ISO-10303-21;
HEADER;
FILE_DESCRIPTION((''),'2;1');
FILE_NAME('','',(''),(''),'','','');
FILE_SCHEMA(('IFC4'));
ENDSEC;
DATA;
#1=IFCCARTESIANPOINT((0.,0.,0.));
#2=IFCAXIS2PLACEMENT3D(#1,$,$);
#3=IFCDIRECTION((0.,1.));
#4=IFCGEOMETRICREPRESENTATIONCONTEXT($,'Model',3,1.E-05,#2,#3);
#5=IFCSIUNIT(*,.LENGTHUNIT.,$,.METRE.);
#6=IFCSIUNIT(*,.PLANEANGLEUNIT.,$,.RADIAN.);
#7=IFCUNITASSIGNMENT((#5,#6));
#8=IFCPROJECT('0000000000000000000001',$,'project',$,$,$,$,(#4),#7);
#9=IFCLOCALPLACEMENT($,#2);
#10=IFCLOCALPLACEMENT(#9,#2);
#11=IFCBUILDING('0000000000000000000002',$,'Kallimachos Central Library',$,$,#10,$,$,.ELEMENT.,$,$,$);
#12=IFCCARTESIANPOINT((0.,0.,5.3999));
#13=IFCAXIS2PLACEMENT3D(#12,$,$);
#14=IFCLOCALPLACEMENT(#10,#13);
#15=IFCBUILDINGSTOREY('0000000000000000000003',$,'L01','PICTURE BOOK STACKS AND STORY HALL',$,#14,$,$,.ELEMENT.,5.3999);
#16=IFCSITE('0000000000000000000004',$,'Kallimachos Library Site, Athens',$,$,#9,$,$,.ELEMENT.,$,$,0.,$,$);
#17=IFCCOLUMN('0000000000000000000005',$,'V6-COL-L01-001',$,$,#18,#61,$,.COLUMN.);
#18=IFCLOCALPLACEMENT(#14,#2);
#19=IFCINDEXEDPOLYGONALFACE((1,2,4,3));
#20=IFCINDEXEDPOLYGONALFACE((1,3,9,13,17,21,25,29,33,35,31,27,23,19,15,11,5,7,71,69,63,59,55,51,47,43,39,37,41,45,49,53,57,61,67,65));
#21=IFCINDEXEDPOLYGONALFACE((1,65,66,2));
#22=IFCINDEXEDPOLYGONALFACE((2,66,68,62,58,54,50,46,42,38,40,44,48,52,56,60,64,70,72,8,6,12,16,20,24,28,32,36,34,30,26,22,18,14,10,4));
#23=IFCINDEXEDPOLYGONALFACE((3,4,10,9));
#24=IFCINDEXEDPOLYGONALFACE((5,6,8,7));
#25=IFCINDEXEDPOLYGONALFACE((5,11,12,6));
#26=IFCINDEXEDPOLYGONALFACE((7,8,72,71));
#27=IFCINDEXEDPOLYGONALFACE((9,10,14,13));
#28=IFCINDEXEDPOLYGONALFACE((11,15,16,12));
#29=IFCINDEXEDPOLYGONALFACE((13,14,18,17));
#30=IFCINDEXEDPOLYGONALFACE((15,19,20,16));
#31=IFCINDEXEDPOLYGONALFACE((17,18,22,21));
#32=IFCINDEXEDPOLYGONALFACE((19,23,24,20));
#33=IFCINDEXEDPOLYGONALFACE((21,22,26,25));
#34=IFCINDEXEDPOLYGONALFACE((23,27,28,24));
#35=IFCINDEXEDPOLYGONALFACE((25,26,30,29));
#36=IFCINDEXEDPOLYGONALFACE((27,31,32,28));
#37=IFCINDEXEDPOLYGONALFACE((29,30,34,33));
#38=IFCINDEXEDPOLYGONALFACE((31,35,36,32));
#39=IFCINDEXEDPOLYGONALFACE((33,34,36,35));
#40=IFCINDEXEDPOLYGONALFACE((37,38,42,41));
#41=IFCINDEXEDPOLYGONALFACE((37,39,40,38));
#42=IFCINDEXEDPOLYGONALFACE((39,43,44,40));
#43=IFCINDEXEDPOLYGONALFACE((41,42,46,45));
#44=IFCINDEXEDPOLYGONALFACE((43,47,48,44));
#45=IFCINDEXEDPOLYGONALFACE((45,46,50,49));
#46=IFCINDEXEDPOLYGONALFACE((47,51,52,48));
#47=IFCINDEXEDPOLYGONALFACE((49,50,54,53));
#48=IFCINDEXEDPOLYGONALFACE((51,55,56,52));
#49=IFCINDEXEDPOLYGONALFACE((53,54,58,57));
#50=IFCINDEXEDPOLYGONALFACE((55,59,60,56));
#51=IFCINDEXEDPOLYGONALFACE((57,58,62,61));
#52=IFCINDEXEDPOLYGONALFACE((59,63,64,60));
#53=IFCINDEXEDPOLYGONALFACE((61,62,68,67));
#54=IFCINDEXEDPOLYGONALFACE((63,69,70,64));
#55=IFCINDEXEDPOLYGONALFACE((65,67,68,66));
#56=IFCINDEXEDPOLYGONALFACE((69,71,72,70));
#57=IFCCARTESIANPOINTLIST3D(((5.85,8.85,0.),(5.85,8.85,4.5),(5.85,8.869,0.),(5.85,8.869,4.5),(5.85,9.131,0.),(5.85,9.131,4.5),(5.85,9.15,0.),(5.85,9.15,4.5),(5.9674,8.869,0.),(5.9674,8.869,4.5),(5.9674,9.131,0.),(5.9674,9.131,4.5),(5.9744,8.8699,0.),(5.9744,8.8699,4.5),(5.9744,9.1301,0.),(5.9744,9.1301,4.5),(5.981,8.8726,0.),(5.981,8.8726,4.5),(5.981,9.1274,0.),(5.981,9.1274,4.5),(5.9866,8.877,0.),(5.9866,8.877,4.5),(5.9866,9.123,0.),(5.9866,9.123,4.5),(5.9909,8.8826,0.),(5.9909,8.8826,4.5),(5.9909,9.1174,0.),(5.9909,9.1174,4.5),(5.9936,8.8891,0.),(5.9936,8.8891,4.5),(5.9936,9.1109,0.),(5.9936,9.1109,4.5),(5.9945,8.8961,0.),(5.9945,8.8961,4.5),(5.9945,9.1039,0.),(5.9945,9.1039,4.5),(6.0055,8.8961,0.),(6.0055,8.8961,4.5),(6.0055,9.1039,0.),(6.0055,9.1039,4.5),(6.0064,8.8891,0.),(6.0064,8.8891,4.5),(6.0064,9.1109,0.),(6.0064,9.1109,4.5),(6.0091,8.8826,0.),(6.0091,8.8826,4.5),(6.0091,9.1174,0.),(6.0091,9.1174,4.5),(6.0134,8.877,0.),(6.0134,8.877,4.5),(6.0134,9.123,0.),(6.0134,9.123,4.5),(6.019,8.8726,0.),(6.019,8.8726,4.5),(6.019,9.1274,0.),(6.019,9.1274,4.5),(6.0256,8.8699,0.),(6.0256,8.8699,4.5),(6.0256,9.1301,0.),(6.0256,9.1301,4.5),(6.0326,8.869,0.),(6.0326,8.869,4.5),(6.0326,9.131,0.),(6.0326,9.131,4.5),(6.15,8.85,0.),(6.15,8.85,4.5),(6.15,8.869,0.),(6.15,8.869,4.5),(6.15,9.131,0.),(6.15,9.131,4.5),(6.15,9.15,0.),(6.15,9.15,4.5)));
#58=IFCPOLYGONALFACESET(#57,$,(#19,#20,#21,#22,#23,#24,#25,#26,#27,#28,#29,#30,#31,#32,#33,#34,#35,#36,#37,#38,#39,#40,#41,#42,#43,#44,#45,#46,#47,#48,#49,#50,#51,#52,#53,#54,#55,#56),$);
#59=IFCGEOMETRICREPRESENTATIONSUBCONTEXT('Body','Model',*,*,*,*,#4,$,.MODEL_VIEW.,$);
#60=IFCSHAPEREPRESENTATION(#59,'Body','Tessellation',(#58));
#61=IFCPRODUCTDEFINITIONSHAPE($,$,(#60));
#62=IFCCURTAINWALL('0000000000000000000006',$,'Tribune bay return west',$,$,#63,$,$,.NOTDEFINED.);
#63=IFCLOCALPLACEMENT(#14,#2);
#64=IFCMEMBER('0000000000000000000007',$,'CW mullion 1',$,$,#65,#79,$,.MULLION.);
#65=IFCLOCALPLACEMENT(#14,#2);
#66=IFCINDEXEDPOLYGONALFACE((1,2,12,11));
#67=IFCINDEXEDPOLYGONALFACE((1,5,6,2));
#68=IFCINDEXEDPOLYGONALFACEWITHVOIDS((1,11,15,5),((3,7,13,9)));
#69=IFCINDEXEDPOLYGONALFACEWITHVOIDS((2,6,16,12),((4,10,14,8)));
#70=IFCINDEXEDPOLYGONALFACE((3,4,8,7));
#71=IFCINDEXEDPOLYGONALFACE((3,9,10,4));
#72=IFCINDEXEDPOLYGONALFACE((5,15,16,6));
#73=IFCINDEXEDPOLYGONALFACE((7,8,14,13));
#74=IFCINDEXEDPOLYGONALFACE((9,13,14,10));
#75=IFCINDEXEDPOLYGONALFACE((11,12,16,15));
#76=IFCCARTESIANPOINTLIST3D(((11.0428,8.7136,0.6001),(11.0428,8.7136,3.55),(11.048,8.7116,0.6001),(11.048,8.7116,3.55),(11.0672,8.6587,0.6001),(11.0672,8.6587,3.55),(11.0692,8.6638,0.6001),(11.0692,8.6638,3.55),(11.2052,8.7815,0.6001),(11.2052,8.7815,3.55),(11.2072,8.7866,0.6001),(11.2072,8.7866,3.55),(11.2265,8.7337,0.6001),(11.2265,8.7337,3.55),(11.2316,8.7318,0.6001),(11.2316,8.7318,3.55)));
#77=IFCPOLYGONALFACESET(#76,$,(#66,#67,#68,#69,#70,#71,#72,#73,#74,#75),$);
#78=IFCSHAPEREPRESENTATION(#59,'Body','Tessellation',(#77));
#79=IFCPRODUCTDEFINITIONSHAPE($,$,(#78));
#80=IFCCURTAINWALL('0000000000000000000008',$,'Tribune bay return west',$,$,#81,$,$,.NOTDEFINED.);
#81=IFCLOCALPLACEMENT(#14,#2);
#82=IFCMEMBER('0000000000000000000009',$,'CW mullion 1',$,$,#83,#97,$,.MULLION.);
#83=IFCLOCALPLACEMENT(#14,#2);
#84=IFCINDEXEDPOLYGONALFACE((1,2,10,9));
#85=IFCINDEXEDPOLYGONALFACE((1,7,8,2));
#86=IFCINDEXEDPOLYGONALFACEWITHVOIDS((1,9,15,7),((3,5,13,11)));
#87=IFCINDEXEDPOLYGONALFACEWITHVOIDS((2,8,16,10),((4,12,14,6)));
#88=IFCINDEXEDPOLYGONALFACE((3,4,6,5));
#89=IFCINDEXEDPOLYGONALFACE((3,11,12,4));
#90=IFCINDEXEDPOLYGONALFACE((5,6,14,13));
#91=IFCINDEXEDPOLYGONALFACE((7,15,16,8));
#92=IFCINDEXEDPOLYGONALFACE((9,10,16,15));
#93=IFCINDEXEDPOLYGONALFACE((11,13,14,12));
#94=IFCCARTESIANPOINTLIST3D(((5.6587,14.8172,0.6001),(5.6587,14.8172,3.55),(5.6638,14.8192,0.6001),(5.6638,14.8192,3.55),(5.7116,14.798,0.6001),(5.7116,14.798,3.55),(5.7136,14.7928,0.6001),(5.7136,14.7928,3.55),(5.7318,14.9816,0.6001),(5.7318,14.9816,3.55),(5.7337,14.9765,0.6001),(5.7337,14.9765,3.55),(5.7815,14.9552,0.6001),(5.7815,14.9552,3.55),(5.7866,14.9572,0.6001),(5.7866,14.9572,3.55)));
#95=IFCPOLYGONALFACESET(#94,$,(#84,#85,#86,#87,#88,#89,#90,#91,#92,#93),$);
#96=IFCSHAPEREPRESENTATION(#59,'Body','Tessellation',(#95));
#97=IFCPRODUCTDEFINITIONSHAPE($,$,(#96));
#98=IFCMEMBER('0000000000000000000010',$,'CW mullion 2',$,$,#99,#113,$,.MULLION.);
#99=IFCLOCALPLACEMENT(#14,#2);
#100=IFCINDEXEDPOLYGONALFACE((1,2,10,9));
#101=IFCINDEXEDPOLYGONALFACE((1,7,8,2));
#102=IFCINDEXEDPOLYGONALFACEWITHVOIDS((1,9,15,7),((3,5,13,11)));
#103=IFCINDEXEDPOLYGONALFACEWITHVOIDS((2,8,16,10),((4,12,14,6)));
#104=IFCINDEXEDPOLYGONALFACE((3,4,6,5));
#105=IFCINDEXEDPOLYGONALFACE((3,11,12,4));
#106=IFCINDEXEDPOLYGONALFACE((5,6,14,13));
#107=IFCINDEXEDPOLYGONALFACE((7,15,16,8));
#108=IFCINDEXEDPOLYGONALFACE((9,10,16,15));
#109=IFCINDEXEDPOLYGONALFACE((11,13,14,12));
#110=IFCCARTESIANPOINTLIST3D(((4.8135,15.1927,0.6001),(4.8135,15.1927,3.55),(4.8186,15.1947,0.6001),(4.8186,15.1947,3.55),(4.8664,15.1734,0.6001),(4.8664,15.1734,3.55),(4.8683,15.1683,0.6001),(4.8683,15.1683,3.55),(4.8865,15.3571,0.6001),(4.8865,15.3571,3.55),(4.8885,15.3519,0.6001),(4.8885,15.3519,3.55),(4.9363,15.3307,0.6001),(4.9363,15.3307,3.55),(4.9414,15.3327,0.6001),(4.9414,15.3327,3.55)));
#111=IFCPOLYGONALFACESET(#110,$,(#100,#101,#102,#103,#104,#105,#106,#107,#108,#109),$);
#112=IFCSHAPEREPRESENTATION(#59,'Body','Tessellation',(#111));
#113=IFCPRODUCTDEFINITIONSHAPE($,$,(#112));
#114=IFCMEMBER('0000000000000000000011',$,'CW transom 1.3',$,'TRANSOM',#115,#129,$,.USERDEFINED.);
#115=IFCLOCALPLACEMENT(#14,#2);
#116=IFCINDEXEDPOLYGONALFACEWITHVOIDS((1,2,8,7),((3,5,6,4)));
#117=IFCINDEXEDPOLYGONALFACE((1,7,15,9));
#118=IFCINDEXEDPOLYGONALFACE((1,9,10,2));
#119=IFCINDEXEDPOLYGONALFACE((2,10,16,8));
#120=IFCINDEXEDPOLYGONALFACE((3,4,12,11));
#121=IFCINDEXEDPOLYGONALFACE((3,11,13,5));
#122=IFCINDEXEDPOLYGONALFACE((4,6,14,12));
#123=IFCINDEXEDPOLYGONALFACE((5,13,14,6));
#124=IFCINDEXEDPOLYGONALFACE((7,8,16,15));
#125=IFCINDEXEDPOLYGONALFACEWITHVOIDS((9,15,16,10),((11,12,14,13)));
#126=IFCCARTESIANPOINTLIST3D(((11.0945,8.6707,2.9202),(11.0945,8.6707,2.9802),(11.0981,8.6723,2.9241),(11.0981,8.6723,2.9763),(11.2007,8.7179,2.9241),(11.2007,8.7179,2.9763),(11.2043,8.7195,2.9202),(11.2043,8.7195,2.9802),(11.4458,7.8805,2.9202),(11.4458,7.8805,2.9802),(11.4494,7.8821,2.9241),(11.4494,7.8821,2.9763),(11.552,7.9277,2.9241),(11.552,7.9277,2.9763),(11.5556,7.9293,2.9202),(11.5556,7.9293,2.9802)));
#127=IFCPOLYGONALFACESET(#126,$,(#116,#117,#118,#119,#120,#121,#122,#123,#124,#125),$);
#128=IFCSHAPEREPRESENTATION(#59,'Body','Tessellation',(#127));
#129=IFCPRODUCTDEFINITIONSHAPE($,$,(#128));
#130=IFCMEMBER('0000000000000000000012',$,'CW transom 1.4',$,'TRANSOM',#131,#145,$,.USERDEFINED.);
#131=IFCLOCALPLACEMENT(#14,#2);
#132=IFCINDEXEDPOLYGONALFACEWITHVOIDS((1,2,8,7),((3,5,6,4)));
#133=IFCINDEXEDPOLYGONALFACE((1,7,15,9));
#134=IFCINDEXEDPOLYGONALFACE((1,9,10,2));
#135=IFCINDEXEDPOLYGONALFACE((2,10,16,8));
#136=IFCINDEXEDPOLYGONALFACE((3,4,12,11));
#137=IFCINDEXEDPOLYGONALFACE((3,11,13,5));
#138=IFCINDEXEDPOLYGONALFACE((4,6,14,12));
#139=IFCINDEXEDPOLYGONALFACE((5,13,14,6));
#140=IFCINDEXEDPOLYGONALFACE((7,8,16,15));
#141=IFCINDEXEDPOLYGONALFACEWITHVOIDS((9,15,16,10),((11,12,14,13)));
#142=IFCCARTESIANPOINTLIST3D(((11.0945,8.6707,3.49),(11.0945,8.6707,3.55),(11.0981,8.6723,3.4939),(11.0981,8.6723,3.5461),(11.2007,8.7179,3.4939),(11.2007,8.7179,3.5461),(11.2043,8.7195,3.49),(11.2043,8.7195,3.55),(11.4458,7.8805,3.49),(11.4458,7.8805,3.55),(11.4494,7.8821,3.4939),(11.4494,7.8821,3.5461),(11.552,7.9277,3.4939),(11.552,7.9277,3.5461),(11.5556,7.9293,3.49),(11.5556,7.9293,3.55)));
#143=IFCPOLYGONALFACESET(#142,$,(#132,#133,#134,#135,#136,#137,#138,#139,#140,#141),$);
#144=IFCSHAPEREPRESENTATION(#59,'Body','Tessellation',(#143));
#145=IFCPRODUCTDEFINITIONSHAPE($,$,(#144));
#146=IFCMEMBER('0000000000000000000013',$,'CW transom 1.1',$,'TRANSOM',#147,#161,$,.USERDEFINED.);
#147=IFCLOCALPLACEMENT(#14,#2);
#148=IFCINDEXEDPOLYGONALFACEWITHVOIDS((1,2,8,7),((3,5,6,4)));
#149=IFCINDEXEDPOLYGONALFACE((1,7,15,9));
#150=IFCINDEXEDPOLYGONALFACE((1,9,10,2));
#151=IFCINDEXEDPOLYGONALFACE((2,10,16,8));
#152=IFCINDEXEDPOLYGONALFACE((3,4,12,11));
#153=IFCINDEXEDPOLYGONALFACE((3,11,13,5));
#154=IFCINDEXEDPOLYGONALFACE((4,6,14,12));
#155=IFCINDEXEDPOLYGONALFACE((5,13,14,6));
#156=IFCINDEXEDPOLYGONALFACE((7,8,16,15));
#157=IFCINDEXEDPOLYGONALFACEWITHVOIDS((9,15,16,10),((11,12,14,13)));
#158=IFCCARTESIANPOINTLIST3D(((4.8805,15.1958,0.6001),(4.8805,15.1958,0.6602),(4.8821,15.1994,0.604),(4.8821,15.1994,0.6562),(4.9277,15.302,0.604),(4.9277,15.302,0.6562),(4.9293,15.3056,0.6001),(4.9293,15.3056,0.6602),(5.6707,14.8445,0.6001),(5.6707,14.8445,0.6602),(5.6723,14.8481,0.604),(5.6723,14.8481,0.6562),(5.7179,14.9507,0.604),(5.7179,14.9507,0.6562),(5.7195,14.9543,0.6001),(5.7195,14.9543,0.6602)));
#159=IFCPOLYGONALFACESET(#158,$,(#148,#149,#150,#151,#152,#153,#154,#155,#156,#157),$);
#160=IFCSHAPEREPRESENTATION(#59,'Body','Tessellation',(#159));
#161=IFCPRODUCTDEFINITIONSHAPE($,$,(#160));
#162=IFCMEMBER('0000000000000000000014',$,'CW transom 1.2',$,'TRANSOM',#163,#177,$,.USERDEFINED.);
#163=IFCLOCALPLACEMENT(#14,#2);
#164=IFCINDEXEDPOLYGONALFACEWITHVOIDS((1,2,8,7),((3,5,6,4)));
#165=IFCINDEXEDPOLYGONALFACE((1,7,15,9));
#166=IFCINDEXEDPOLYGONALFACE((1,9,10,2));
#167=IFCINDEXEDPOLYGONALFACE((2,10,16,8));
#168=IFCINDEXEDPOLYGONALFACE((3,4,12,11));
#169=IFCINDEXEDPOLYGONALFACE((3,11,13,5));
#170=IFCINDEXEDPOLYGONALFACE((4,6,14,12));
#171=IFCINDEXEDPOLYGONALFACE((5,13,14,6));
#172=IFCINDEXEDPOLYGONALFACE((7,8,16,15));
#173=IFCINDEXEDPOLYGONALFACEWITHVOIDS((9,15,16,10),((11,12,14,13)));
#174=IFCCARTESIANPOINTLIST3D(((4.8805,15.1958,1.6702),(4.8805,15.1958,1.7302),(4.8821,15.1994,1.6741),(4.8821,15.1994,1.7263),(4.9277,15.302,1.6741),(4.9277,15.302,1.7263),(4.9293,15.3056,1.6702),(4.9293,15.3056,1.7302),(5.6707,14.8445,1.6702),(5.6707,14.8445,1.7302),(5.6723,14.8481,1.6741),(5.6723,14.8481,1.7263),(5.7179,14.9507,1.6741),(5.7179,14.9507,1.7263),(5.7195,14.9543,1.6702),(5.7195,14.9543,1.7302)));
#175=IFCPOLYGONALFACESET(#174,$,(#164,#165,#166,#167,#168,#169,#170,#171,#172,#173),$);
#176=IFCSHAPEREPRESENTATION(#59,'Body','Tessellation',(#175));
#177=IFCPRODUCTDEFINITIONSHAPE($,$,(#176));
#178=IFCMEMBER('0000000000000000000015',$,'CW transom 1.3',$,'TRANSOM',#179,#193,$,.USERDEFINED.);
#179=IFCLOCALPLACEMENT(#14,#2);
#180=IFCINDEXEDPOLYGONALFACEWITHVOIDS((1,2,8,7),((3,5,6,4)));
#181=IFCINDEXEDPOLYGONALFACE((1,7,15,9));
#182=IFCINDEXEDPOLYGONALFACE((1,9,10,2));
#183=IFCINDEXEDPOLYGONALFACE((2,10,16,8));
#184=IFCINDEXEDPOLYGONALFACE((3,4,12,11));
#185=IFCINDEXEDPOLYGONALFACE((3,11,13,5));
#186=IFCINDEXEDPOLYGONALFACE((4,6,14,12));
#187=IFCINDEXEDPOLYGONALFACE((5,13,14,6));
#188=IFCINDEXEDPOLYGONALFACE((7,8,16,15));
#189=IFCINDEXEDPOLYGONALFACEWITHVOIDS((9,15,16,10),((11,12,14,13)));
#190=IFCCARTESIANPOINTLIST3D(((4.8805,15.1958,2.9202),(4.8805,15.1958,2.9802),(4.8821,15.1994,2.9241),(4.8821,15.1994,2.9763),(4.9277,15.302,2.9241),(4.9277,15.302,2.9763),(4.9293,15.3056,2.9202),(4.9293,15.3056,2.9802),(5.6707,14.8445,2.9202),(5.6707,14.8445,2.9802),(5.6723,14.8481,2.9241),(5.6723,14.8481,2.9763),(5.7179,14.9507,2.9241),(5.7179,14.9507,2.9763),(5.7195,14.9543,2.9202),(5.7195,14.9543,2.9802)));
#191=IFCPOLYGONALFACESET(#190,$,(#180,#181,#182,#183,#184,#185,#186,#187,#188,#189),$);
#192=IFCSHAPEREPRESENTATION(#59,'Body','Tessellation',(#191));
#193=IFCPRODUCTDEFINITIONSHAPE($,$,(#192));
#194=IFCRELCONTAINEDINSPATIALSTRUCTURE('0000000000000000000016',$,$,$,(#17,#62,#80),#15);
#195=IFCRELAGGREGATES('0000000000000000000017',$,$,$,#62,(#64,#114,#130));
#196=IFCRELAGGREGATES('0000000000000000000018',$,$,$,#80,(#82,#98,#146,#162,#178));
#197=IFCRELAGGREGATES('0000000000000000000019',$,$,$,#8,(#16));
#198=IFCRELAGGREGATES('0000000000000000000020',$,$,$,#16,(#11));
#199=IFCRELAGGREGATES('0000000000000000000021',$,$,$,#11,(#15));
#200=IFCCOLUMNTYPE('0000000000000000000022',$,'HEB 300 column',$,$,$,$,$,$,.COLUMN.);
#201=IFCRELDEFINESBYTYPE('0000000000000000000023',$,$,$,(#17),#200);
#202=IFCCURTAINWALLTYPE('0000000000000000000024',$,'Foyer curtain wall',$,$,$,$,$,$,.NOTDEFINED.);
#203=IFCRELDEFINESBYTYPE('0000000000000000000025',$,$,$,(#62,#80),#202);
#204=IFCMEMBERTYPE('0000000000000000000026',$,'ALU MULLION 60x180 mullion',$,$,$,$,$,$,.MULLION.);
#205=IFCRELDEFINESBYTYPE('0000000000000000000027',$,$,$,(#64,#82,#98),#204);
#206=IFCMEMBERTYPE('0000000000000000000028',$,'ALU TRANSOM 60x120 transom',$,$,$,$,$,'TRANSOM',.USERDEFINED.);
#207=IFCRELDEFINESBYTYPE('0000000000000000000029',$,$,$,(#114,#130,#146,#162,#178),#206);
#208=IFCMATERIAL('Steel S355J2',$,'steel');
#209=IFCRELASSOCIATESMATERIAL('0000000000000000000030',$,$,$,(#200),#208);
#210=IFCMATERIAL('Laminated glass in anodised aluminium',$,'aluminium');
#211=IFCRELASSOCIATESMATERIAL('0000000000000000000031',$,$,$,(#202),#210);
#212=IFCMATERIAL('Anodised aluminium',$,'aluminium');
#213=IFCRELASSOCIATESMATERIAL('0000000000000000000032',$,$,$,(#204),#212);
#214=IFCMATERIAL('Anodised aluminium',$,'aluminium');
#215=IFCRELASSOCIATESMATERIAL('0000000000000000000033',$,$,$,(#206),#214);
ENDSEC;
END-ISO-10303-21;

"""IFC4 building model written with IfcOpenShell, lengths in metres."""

from ifc_helpers import new_model, si_unit, direction, frame, origin, origin_2d, place, context, subcontext, project, spatial, hollow_rectangle, i_section, extrude, material, material_profile, profile_set, type_object, element, aggregate, save


model = new_model("IFC4")

# Units and contexts
model_context = context("Model", 3, precision=1e-05, world=origin(), true_north=direction((0.0, 1.0)))
body_context = subcontext(model_context, "Body", "Model", "MODEL_VIEW")
ifc_project = project(units=[si_unit("LENGTHUNIT", "METRE"), si_unit("PLANEANGLEUNIT", "RADIAN")], contexts=[model_context])

# Site, building, storey
site_placement = place(None, origin())
site = spatial("IfcSite", under=ifc_project, at=site_placement, Name="Kallimachos Library Site, Athens", CompositionType="ELEMENT", RefElevation=0.0)
building_placement = place(site_placement, origin())
building = spatial("IfcBuilding", under=site, at=building_placement, Name="Kallimachos Central Library", CompositionType="ELEMENT")
storey_placement = place(building_placement, frame((0.0, 0.0, 5.3999)))
storey = spatial("IfcBuildingStorey", under=building, at=storey_placement, Name="L01", Description="PICTURE BOOK STACKS AND STORY HALL", CompositionType="ELEMENT", Elevation=5.3999)

# Column
ifc_material_1 = material(Name="Steel S355J2", Category="steel")
ifc_material_profile_1 = material_profile(ifc_material_1, i_section(OverallWidth=0.3, OverallDepth=0.3, WebThickness=0.011, FlangeThickness=0.019, FilletRadius=0.0271, at=origin_2d()), Name="HEB 300")
ifc_profile_set_1 = profile_set([ifc_material_profile_1], Name="Steel S355J2")
column_type = type_object("IfcColumnType", Name="HEB 300 column", PredefinedType="COLUMN", material=ifc_profile_set_1)
column_placement = place(storey_placement, frame((6.0, 9.0, 0.0), z_axis=(0.0, 0.0, 1.0), x_axis=(1.0, 0.0, 0.0)))
element("IfcColumn", 1, at=column_placement, inside=storey, type_object=column_type, Name="V6-COL-L01-001", PredefinedType="COLUMN", context=body_context, shape_type="SweptSolid", body=[
    extrude(i_section(OverallWidth=0.3, OverallDepth=0.3, WebThickness=0.011, FlangeThickness=0.019, FilletRadius=0.0271, at=origin_2d()), origin(), (0.0, 0.0, 1.0), 4.5),
])

# Curtain wall, member
ifc_material_2 = material(Name="Laminated glass in anodised aluminium", Category="aluminium")
curtain_wall_type = type_object("IfcCurtainWallType", Name="Foyer curtain wall", PredefinedType="NOTDEFINED", material=ifc_material_2)
curtain_wall_1_placement = place(storey_placement, origin())
curtain_wall_1 = element("IfcCurtainWall", 2, at=curtain_wall_1_placement, inside=storey, type_object=curtain_wall_type, Name="Tribune bay return west", PredefinedType="NOTDEFINED")
ifc_material_3 = material(Name="Anodised aluminium", Category="aluminium")
ifc_material_profile_2 = material_profile(ifc_material_3, hollow_rectangle(XDim=0.0601, YDim=0.1799, WallThickness=0.0039, at=origin_2d()), Name="ALU MULLION 60x180")
ifc_profile_set_2 = profile_set([ifc_material_profile_2], Name="Anodised aluminium")
member_type_1 = type_object("IfcMemberType", Name="ALU MULLION 60x180 mullion", PredefinedType="MULLION", material=ifc_profile_set_2)
member_1_placement = place(storey_placement, frame((11.1372, 8.7227, 0.6001), z_axis=(0.0, 0.0, 1.0), x_axis=(0.406138, -0.913812, 0.0)))
member_1 = element("IfcMember", 3, at=member_1_placement, type_object=member_type_1, Name="CW mullion 1", PredefinedType="MULLION", context=body_context, shape_type="SweptSolid", body=[
    extrude(hollow_rectangle(XDim=0.0601, YDim=0.1799, WallThickness=0.0039, at=origin_2d()), origin(), (0.0, 0.0, 1.0), 2.95),
])

# Curtain wall, members
curtain_wall_2_placement = place(storey_placement, origin())
curtain_wall_2 = element("IfcCurtainWall", 4, at=curtain_wall_2_placement, inside=storey, type_object=curtain_wall_type, Name="Tribune bay return west", PredefinedType="NOTDEFINED")
member_2_placement = place(storey_placement, frame((5.7227, 14.8872, 0.6001), z_axis=(0.0, 0.0, 1.0), x_axis=(-0.913812, 0.406138, 0.0)))
member_2 = element("IfcMember", 5, at=member_2_placement, type_object=member_type_1, Name="CW mullion 1", PredefinedType="MULLION", context=body_context, shape_type="SweptSolid", body=[
    extrude(hollow_rectangle(XDim=0.0601, YDim=0.1799, WallThickness=0.0039, at=origin_2d()), origin(), (0.0, 0.0, 1.0), 2.95),
])
member_3_placement = place(storey_placement, frame((4.8774, 15.2627, 0.6001), z_axis=(0.0, 0.0, 1.0), x_axis=(-0.913812, 0.406138, 0.0)))
member_3 = element("IfcMember", 6, at=member_3_placement, type_object=member_type_1, Name="CW mullion 2", PredefinedType="MULLION", context=body_context, shape_type="SweptSolid", body=[
    extrude(hollow_rectangle(XDim=0.0601, YDim=0.1799, WallThickness=0.0039, at=origin_2d()), origin(), (0.0, 0.0, 1.0), 2.95),
])

# Members
ifc_material_4 = material(Name="Anodised aluminium", Category="aluminium")
ifc_material_profile_3 = material_profile(ifc_material_4, hollow_rectangle(XDim=0.0601, YDim=0.1201, WallThickness=0.0039, at=origin_2d()), Name="ALU TRANSOM 60x120")
ifc_profile_set_3 = profile_set([ifc_material_profile_3], Name="Anodised aluminium")
member_type_2 = type_object("IfcMemberType", Name="ALU TRANSOM 60x120 transom", ElementType="TRANSOM", PredefinedType="USERDEFINED", material=ifc_profile_set_3)
member_4_placement = place(storey_placement, frame((11.1494, 8.6951, 2.9502), z_axis=(0.406217, -0.913777, 0.0), x_axis=(0.0, 0.0, 1.0)))
member_4 = element("IfcMember", 7, at=member_4_placement, type_object=member_type_2, Name="CW transom 1.3", ObjectType="TRANSOM", PredefinedType="USERDEFINED", context=body_context, shape_type="SweptSolid", body=[
    extrude(hollow_rectangle(XDim=0.0601, YDim=0.1201, WallThickness=0.0039, at=origin_2d()), origin(), (0.0, 0.0, 1.0), 0.8647),
])
member_5_placement = place(storey_placement, frame((11.1494, 8.6951, 3.52), z_axis=(0.406217, -0.913777, 0.0), x_axis=(0.0, 0.0, 1.0)))
member_5 = element("IfcMember", 8, at=member_5_placement, type_object=member_type_2, Name="CW transom 1.4", ObjectType="TRANSOM", PredefinedType="USERDEFINED", context=body_context, shape_type="SweptSolid", body=[
    extrude(hollow_rectangle(XDim=0.0601, YDim=0.1201, WallThickness=0.0039, at=origin_2d()), origin(), (0.0, 0.0, 1.0), 0.8647),
])
aggregate(curtain_wall_1, [member_1, member_4, member_5])
member_6_placement = place(storey_placement, frame((5.6951, 14.8994, 0.6301), z_axis=(-0.913777, 0.406217, 0.0), x_axis=(0.0, 0.0, 1.0)))
member_6 = element("IfcMember", 9, at=member_6_placement, type_object=member_type_2, Name="CW transom 1.1", ObjectType="TRANSOM", PredefinedType="USERDEFINED", context=body_context, shape_type="SweptSolid", body=[
    extrude(hollow_rectangle(XDim=0.0601, YDim=0.1201, WallThickness=0.0039, at=origin_2d()), origin(), (0.0, 0.0, 1.0), 0.8647),
])
member_7_placement = place(storey_placement, frame((5.6951, 14.8994, 1.7002), z_axis=(-0.913777, 0.406217, 0.0), x_axis=(0.0, 0.0, 1.0)))
member_7 = element("IfcMember", 10, at=member_7_placement, type_object=member_type_2, Name="CW transom 1.2", ObjectType="TRANSOM", PredefinedType="USERDEFINED", context=body_context, shape_type="SweptSolid", body=[
    extrude(hollow_rectangle(XDim=0.0601, YDim=0.1201, WallThickness=0.0039, at=origin_2d()), origin(), (0.0, 0.0, 1.0), 0.8647),
])
member_8_placement = place(storey_placement, frame((5.6951, 14.8994, 2.9502), z_axis=(-0.913777, 0.406217, 0.0), x_axis=(0.0, 0.0, 1.0)))
member_8 = element("IfcMember", 11, at=member_8_placement, type_object=member_type_2, Name="CW transom 1.3", ObjectType="TRANSOM", PredefinedType="USERDEFINED", context=body_context, shape_type="SweptSolid", body=[
    extrude(hollow_rectangle(XDim=0.0601, YDim=0.1201, WallThickness=0.0039, at=origin_2d()), origin(), (0.0, 0.0, 1.0), 0.8647),
])

aggregate(curtain_wall_2, [member_2, member_3, member_6, member_7, member_8])

save(model, "model.ifc")
